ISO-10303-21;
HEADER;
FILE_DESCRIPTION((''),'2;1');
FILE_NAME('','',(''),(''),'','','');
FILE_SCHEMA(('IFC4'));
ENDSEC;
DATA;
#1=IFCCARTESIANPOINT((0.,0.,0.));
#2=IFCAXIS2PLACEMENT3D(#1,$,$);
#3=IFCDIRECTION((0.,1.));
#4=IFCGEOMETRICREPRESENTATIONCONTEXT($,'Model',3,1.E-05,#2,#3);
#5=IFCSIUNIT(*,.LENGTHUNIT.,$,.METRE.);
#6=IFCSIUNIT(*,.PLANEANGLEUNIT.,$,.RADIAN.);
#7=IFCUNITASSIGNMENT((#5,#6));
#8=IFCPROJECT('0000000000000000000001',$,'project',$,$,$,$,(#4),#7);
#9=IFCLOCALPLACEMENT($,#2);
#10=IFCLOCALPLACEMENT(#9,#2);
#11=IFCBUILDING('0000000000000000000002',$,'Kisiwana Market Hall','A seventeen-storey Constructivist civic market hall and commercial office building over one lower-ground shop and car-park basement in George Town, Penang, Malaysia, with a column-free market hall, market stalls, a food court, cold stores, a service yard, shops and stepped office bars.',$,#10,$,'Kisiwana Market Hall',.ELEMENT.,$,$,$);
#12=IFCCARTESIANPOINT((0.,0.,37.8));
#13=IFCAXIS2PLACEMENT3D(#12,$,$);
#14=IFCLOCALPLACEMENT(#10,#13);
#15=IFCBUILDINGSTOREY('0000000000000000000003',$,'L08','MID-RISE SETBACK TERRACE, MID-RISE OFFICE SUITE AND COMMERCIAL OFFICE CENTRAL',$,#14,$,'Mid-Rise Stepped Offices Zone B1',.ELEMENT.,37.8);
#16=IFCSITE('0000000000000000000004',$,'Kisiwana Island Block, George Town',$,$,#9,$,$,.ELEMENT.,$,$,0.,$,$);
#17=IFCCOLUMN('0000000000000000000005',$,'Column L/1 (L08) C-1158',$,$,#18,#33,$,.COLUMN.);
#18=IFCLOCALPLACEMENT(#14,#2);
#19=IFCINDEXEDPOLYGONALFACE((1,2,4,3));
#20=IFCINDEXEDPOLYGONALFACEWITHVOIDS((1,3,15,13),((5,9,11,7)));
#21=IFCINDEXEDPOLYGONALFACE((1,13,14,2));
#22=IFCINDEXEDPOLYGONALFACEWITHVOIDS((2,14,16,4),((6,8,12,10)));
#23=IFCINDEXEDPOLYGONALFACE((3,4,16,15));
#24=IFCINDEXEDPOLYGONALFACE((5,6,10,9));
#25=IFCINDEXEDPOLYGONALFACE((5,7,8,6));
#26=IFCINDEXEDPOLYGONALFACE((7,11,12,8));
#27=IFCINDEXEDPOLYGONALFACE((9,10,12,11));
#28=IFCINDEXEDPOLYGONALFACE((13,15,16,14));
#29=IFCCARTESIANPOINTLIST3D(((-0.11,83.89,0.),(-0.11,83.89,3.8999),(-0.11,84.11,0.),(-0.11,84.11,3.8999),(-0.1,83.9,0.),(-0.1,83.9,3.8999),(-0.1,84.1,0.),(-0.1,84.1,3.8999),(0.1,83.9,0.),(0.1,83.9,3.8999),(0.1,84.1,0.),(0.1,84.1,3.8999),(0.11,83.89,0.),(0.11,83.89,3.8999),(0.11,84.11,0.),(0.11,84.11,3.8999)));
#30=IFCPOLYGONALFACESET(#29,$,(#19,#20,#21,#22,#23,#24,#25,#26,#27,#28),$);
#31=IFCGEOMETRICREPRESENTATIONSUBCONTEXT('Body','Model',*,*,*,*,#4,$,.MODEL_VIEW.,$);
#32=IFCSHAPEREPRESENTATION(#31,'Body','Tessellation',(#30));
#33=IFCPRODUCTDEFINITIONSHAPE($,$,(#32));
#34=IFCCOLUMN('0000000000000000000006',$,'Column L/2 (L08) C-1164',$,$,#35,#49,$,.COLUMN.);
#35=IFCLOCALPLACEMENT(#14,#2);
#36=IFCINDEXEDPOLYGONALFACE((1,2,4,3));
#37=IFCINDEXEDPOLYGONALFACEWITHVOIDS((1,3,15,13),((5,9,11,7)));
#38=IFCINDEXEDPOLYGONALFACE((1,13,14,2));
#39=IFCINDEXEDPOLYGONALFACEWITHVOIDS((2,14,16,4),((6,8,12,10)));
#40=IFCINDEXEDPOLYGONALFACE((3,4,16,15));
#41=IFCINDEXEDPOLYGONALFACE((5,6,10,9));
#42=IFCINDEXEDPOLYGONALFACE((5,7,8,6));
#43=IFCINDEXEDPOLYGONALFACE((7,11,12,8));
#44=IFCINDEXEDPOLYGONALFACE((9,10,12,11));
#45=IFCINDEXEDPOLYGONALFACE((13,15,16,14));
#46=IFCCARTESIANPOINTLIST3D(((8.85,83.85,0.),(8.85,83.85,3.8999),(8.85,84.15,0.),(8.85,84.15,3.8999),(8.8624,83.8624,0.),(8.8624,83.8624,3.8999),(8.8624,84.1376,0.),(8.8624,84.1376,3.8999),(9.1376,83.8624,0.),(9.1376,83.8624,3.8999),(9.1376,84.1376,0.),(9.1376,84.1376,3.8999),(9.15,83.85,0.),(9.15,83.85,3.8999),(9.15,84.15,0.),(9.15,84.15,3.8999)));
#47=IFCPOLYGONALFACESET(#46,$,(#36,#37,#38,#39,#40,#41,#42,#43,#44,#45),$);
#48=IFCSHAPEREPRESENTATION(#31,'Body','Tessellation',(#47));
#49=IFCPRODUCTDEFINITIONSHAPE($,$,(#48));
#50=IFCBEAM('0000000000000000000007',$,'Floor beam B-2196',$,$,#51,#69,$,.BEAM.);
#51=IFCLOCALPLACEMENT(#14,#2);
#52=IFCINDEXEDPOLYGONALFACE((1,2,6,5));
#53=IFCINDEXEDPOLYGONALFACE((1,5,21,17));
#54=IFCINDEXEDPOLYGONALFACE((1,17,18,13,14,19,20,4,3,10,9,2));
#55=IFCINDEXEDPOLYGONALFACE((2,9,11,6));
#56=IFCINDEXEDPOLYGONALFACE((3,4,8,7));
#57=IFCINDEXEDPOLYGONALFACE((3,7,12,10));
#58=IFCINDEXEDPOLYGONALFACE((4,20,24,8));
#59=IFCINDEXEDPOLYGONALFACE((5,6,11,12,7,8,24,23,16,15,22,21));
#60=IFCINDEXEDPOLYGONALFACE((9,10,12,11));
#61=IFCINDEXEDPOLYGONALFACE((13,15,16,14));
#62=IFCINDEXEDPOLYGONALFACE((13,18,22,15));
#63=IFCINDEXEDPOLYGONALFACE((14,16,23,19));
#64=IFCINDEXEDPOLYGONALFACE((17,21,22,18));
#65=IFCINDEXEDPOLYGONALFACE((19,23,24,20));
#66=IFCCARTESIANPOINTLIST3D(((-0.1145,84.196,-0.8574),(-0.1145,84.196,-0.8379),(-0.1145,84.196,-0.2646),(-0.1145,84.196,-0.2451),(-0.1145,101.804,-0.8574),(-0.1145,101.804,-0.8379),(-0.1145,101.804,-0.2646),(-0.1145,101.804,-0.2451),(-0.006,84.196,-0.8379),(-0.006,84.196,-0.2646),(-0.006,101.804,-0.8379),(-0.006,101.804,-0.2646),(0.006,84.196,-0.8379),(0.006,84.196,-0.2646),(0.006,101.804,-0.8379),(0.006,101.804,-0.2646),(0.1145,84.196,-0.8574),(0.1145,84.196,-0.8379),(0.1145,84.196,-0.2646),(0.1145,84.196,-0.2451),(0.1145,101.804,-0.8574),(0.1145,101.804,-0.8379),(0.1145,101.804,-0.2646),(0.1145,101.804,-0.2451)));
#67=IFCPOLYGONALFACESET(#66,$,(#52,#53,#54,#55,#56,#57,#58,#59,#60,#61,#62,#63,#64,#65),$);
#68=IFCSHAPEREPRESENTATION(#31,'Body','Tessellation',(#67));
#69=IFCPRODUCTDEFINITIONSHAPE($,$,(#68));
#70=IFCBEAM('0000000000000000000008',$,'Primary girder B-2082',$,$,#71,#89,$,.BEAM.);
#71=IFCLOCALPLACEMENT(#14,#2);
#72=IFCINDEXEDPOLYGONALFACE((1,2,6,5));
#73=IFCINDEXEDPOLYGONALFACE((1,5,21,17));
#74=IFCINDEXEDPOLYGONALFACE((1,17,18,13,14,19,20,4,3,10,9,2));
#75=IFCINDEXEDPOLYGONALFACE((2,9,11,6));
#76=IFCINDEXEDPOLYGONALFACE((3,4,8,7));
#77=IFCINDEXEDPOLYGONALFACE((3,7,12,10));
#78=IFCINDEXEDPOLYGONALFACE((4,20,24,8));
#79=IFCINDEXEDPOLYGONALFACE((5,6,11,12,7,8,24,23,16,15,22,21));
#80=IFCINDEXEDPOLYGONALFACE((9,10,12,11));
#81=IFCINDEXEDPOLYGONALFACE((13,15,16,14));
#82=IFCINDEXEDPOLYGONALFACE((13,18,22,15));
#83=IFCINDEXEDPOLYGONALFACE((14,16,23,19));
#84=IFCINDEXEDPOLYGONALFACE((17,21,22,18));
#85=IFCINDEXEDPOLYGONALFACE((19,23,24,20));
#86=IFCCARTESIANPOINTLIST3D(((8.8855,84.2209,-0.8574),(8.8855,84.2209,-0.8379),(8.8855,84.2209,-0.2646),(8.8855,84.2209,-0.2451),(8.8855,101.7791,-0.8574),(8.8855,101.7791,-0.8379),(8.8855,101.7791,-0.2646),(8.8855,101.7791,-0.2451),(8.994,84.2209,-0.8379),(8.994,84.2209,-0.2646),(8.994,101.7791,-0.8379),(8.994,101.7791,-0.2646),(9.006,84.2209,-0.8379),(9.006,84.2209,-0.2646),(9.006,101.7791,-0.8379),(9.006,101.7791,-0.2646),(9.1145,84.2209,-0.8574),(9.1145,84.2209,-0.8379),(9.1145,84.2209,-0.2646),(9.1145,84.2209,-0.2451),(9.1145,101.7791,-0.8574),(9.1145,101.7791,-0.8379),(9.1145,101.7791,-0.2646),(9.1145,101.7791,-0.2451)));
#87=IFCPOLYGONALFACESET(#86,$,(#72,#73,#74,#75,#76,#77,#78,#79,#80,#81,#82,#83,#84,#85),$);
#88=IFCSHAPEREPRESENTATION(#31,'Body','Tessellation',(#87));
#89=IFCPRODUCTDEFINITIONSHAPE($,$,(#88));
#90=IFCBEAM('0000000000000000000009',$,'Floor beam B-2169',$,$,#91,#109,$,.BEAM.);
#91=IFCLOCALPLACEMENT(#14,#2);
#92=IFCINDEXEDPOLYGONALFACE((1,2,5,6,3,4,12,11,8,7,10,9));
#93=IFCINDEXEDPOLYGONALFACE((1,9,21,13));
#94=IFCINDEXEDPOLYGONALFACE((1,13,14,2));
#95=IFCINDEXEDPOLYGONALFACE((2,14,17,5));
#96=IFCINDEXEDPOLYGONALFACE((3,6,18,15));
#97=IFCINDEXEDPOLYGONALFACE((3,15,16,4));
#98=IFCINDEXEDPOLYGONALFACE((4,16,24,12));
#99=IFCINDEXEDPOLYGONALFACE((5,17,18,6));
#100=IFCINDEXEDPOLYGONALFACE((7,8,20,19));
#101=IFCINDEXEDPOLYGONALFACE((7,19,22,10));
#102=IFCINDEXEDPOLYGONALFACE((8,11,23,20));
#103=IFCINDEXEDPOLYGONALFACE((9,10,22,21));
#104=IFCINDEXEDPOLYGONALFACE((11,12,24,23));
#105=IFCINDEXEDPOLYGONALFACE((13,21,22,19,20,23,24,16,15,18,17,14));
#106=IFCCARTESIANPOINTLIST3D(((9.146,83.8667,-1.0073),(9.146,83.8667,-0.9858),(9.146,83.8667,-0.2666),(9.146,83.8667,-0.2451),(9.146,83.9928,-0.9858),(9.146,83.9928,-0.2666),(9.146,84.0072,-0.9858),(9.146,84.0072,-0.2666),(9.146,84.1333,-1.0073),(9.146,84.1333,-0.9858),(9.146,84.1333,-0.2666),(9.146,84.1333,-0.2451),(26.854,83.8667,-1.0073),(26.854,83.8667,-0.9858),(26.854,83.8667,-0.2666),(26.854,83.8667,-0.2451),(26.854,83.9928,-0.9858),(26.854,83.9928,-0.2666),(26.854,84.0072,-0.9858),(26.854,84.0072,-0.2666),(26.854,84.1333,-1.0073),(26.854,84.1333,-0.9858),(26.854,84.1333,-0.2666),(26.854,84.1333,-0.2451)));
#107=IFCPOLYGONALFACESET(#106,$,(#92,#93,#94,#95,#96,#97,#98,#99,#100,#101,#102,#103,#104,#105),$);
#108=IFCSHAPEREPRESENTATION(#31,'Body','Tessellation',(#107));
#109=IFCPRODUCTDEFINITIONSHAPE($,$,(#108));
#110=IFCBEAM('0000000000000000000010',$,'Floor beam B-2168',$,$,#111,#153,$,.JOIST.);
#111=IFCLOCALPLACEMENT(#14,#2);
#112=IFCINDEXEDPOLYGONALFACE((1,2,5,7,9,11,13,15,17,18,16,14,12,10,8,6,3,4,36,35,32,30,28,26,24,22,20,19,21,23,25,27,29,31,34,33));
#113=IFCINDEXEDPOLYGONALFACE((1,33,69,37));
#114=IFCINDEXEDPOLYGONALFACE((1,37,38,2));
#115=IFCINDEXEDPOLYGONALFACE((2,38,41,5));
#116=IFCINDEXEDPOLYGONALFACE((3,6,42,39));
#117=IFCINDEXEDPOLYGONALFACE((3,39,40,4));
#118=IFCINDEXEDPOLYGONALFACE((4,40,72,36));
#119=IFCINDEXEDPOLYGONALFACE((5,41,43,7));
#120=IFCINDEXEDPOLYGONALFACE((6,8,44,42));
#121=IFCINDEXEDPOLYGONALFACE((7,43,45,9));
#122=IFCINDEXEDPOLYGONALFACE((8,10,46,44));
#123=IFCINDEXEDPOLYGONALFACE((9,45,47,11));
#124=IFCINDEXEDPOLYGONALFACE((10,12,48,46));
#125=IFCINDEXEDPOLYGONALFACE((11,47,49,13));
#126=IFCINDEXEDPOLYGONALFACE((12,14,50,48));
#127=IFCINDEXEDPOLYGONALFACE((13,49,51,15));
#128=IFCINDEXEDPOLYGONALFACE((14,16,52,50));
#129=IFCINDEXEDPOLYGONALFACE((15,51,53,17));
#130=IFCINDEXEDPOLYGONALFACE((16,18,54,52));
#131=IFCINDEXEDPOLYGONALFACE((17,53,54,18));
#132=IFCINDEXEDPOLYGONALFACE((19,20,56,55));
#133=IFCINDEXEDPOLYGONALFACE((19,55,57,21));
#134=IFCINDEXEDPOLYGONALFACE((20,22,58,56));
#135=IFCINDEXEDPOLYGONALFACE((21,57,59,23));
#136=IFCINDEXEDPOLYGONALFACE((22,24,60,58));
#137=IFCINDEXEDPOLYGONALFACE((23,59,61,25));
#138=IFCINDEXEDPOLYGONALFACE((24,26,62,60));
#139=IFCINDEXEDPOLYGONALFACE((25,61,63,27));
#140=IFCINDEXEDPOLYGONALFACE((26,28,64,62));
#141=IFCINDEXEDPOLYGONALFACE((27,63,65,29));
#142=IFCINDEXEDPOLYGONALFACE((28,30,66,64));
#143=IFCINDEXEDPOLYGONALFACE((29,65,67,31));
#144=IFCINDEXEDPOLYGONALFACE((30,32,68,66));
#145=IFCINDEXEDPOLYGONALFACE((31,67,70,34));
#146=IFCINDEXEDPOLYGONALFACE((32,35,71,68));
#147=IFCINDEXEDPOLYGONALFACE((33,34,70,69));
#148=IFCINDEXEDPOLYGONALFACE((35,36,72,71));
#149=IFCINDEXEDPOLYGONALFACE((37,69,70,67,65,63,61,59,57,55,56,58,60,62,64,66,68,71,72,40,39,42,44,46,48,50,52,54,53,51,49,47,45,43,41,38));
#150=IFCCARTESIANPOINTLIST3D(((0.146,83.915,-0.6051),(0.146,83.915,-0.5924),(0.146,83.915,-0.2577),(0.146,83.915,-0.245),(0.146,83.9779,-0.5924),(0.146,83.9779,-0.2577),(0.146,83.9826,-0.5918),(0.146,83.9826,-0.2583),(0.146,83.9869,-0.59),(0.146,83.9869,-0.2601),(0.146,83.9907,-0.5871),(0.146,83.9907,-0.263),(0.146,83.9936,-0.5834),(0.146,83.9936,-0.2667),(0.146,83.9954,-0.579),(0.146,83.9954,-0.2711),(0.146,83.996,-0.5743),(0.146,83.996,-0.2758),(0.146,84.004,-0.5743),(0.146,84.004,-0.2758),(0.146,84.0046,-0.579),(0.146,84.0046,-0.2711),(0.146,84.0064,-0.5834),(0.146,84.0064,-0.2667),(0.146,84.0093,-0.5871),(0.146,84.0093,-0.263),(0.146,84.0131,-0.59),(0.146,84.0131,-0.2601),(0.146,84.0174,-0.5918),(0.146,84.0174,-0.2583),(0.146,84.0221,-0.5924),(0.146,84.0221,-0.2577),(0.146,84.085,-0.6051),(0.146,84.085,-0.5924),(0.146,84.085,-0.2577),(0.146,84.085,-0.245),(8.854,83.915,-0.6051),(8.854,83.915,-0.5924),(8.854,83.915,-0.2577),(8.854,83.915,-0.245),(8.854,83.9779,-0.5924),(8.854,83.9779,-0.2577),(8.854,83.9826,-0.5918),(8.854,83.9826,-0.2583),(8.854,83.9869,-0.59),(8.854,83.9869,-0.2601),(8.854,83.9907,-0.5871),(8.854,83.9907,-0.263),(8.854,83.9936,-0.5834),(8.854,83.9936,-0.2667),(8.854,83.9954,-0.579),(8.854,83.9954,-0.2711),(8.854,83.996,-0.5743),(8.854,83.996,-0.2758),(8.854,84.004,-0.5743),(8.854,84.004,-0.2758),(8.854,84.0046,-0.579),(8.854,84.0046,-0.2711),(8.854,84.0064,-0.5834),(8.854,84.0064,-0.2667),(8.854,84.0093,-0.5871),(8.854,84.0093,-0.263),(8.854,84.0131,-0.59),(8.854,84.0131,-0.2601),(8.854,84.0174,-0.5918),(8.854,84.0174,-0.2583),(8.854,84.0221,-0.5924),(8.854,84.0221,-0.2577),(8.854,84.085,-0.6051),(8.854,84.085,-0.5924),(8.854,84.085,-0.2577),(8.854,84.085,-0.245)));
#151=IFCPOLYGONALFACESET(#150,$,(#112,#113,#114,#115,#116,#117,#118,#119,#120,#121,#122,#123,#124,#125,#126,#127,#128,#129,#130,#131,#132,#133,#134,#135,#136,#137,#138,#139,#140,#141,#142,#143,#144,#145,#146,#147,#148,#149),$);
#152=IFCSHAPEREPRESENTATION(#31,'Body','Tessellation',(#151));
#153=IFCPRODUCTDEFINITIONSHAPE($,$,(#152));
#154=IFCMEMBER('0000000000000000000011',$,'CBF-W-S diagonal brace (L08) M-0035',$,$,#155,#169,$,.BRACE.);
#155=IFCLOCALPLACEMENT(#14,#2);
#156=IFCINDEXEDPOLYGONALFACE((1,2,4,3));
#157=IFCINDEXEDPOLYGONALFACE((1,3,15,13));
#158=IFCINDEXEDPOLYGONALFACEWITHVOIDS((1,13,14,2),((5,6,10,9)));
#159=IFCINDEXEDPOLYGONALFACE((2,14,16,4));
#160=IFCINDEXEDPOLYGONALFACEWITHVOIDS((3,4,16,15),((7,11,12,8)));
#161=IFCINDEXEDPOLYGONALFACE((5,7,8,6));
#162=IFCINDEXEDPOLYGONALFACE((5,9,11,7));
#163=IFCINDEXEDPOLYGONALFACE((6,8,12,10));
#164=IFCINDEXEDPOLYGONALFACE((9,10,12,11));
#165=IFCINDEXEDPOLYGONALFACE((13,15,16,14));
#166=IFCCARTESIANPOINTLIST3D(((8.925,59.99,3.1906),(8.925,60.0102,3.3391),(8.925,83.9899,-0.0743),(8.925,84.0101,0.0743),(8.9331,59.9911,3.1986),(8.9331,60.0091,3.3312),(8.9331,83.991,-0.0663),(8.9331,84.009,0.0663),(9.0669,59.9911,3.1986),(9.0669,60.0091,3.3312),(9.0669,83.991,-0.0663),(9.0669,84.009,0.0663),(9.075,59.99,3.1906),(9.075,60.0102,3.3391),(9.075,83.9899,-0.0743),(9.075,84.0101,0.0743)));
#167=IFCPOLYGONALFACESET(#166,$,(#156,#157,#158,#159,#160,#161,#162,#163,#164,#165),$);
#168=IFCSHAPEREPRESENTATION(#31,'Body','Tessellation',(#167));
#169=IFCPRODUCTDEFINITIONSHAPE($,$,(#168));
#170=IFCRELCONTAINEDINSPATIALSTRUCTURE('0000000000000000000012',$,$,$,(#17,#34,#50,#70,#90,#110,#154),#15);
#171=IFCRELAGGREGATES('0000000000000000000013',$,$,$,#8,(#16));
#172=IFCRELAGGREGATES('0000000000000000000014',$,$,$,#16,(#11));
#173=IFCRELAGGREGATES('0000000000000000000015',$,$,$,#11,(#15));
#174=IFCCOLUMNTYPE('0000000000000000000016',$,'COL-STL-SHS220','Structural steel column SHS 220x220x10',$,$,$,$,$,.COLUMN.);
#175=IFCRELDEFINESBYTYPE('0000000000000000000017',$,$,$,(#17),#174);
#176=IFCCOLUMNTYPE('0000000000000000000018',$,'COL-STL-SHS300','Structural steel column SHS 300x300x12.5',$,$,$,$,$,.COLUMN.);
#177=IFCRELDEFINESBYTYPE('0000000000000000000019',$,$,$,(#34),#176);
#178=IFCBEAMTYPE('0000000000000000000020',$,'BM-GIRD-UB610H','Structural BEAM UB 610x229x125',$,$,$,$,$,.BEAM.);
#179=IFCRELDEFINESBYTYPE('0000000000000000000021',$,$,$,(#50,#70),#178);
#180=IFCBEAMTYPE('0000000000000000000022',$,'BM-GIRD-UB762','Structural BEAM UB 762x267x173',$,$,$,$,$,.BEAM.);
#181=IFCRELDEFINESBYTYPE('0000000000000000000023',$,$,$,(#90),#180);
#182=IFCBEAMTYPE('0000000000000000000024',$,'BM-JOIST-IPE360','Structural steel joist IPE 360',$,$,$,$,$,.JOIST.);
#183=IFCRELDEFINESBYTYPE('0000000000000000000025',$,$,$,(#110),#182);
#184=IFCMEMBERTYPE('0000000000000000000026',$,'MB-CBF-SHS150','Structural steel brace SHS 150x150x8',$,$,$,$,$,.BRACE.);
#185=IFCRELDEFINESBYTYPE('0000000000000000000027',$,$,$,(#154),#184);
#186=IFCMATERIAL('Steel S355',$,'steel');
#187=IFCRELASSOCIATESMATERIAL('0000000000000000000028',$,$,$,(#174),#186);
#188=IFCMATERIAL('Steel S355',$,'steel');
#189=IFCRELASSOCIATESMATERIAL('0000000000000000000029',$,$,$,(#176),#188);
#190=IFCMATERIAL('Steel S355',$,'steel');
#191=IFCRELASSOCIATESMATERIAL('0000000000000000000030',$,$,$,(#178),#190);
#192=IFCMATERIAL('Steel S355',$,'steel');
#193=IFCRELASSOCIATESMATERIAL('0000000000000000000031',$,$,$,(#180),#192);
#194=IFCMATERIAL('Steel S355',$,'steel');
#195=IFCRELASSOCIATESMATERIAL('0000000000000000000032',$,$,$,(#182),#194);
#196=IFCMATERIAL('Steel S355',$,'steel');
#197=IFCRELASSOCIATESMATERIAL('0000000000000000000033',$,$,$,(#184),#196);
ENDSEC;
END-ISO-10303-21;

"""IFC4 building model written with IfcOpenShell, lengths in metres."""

from ifc_helpers import new_model, si_unit, direction, frame, origin, origin_2d, place, context, subcontext, project, spatial, hollow_rectangle, i_section, extrude, material, material_profile, profile_set, type_object, element, save


model = new_model("IFC4")

# Units and contexts
model_context = context("Model", 3, precision=1e-05, world=origin(), true_north=direction((0.0, 1.0)))
body_context = subcontext(model_context, "Body", "Model", "MODEL_VIEW")
ifc_project = project(units=[si_unit("LENGTHUNIT", "METRE"), si_unit("PLANEANGLEUNIT", "RADIAN")], contexts=[model_context])

# Site, building, storey
site_placement = place(None, origin())
site = spatial("IfcSite", under=ifc_project, at=site_placement, Name="Kisiwana Island Block, George Town", CompositionType="ELEMENT", RefElevation=0.0)
building_placement = place(site_placement, origin())
building = spatial("IfcBuilding", under=site, at=building_placement, Name="Kisiwana Market Hall", Description="A seventeen-storey Constructivist civic market hall and commercial office building over one lower-ground shop and car-park basement in George Town, Penang, Malaysia, with a column-free market hall, market stalls, a food court, cold stores, a service yard, shops and stepped office bars.", LongName="Kisiwana Market Hall", CompositionType="ELEMENT")
storey_placement = place(building_placement, frame((0.0, 0.0, 37.8)))
storey = spatial("IfcBuildingStorey", under=building, at=storey_placement, Name="L08", Description="MID-RISE SETBACK TERRACE, MID-RISE OFFICE SUITE AND COMMERCIAL OFFICE CENTRAL", LongName="Mid-Rise Stepped Offices Zone B1", CompositionType="ELEMENT", Elevation=37.8)

# Columns
ifc_material_1 = material(Name="Steel S355", Category="steel")
ifc_material_profile_1 = material_profile(ifc_material_1, hollow_rectangle(XDim=0.22, YDim=0.22, WallThickness=0.01, at=origin_2d()), Name="SHS 220x220x10")
ifc_profile_set_1 = profile_set([ifc_material_profile_1], Name="Steel S355")
column_type_1 = type_object("IfcColumnType", Name="COL-STL-SHS220", Description="Structural steel column SHS 220x220x10", PredefinedType="COLUMN", material=ifc_profile_set_1)
column_1_placement = place(storey_placement, frame((0.0, 84.0, 0.0), z_axis=(0.0, 0.0, 1.0), x_axis=(1.0, 0.0, 0.0)))
element("IfcColumn", 1, at=column_1_placement, inside=storey, type_object=column_type_1, Name="Column L/1 (L08) C-1158", PredefinedType="COLUMN", context=body_context, shape_type="SweptSolid", body=[
    extrude(hollow_rectangle(XDim=0.22, YDim=0.22, WallThickness=0.01, at=origin_2d()), origin(), (0.0, 0.0, 1.0), 3.8999),
])
ifc_material_2 = material(Name="Steel S355", Category="steel")
ifc_material_profile_2 = material_profile(ifc_material_2, hollow_rectangle(XDim=0.3, YDim=0.3, WallThickness=0.0125, at=origin_2d()), Name="SHS 300x300x12.5")
ifc_profile_set_2 = profile_set([ifc_material_profile_2], Name="Steel S355")
column_type_2 = type_object("IfcColumnType", Name="COL-STL-SHS300", Description="Structural steel column SHS 300x300x12.5", PredefinedType="COLUMN", material=ifc_profile_set_2)
column_2_placement = place(storey_placement, frame((9.0, 84.0, 0.0), z_axis=(0.0, 0.0, 1.0), x_axis=(1.0, 0.0, 0.0)))
element("IfcColumn", 2, at=column_2_placement, inside=storey, type_object=column_type_2, Name="Column L/2 (L08) C-1164", PredefinedType="COLUMN", context=body_context, shape_type="SweptSolid", body=[
    extrude(hollow_rectangle(XDim=0.3, YDim=0.3, WallThickness=0.0125, at=origin_2d()), origin(), (0.0, 0.0, 1.0), 3.8999),
])

# Beams
ifc_material_3 = material(Name="Steel S355", Category="steel")
ifc_material_profile_3 = material_profile(ifc_material_3, i_section(OverallWidth=0.229, OverallDepth=0.6123, WebThickness=0.012, FlangeThickness=0.0195, at=origin_2d()), Name="UB 610x229x125")
ifc_profile_set_3 = profile_set([ifc_material_profile_3], Name="Steel S355")
beam_type_1 = type_object("IfcBeamType", Name="BM-GIRD-UB610H", Description="Structural BEAM UB 610x229x125", PredefinedType="BEAM", material=ifc_profile_set_3)
beam_1_placement = place(storey_placement, frame((0.0, 84.196, -0.5513), z_axis=(0.0, 1.0, 0.0), x_axis=(-1.0, 0.0, 0.0)))
element("IfcBeam", 3, at=beam_1_placement, inside=storey, type_object=beam_type_1, Name="Floor beam B-2196", PredefinedType="BEAM", context=body_context, shape_type="SweptSolid", body=[
    extrude(i_section(OverallWidth=0.229, OverallDepth=0.6123, WebThickness=0.012, FlangeThickness=0.0195, at=origin_2d()), origin(), (0.0, 0.0, 1.0), 17.6079),
])
beam_2_placement = place(storey_placement, frame((9.0, 84.2209, -0.5513), z_axis=(0.0, 1.0, 0.0), x_axis=(-1.0, 0.0, 0.0)))
element("IfcBeam", 4, at=beam_2_placement, inside=storey, type_object=beam_type_1, Name="Primary girder B-2082", PredefinedType="BEAM", context=body_context, shape_type="SweptSolid", body=[
    extrude(i_section(OverallWidth=0.229, OverallDepth=0.6123, WebThickness=0.012, FlangeThickness=0.0195, at=origin_2d()), origin(), (0.0, 0.0, 1.0), 17.5581),
])
ifc_material_4 = material(Name="Steel S355", Category="steel")
ifc_material_profile_4 = material_profile(ifc_material_4, i_section(OverallWidth=0.2666, OverallDepth=0.7622, WebThickness=0.0144, FlangeThickness=0.0215, at=origin_2d()), Name="UB 762x267x173")
ifc_profile_set_4 = profile_set([ifc_material_profile_4], Name="Steel S355")
beam_type_2 = type_object("IfcBeamType", Name="BM-GIRD-UB762", Description="Structural BEAM UB 762x267x173", PredefinedType="BEAM", material=ifc_profile_set_4)
beam_3_placement = place(storey_placement, frame((9.146, 84.0, -0.6262), z_axis=(1.0, 0.0, 0.0), x_axis=(0.0, 1.0, 0.0)))
element("IfcBeam", 5, at=beam_3_placement, inside=storey, type_object=beam_type_2, Name="Floor beam B-2169", PredefinedType="BEAM", context=body_context, shape_type="SweptSolid", body=[
    extrude(i_section(OverallWidth=0.2666, OverallDepth=0.7622, WebThickness=0.0144, FlangeThickness=0.0215, at=origin_2d()), origin(), (0.0, 0.0, 1.0), 17.708),
])
ifc_material_5 = material(Name="Steel S355", Category="steel")
ifc_material_profile_5 = material_profile(ifc_material_5, i_section(OverallWidth=0.1699, OverallDepth=0.3601, WebThickness=0.0081, FlangeThickness=0.0127, FilletRadius=0.0181, at=origin_2d()), Name="IPE 360")
ifc_profile_set_5 = profile_set([ifc_material_profile_5], Name="Steel S355")
beam_type_3 = type_object("IfcBeamType", Name="BM-JOIST-IPE360", Description="Structural steel joist IPE 360", PredefinedType="JOIST", material=ifc_profile_set_5)
beam_4_placement = place(storey_placement, frame((0.146, 84.0, -0.425), z_axis=(1.0, 0.0, 0.0), x_axis=(0.0, 1.0, 0.0)))
element("IfcBeam", 6, at=beam_4_placement, inside=storey, type_object=beam_type_3, Name="Floor beam B-2168", PredefinedType="JOIST", context=body_context, shape_type="SweptSolid", body=[
    extrude(i_section(OverallWidth=0.1699, OverallDepth=0.3601, WebThickness=0.0081, FlangeThickness=0.0127, FilletRadius=0.0181, at=origin_2d()), origin(), (0.0, 0.0, 1.0), 8.708),
])

# Member
ifc_material_6 = material(Name="Steel S355", Category="steel")
ifc_material_profile_6 = material_profile(ifc_material_6, hollow_rectangle(XDim=0.1499, YDim=0.1499, WallThickness=0.0081, at=origin_2d()), Name="SHS 150x150x8")
ifc_profile_set_6 = profile_set([ifc_material_profile_6], Name="Steel S355")
member_type = type_object("IfcMemberType", Name="MB-CBF-SHS150", Description="Structural steel brace SHS 150x150x8", PredefinedType="BRACE", material=ifc_profile_set_6)
member_placement = place(storey_placement, frame((9.0, 84.0, 0.0), z_axis=(0.0, -0.990873, 0.134796), x_axis=(1.0, 0.0, 0.0)))
element("IfcMember", 7, at=member_placement, inside=storey, type_object=member_type, Name="CBF-W-S diagonal brace (L08) M-0035", PredefinedType="BRACE", context=body_context, shape_type="SweptSolid", body=[
    extrude(hollow_rectangle(XDim=0.1499, YDim=0.1499, WallThickness=0.0081, at=origin_2d()), origin(), (0.0, 0.0, 1.0), 24.2209),
])

save(model, "model.ifc")
